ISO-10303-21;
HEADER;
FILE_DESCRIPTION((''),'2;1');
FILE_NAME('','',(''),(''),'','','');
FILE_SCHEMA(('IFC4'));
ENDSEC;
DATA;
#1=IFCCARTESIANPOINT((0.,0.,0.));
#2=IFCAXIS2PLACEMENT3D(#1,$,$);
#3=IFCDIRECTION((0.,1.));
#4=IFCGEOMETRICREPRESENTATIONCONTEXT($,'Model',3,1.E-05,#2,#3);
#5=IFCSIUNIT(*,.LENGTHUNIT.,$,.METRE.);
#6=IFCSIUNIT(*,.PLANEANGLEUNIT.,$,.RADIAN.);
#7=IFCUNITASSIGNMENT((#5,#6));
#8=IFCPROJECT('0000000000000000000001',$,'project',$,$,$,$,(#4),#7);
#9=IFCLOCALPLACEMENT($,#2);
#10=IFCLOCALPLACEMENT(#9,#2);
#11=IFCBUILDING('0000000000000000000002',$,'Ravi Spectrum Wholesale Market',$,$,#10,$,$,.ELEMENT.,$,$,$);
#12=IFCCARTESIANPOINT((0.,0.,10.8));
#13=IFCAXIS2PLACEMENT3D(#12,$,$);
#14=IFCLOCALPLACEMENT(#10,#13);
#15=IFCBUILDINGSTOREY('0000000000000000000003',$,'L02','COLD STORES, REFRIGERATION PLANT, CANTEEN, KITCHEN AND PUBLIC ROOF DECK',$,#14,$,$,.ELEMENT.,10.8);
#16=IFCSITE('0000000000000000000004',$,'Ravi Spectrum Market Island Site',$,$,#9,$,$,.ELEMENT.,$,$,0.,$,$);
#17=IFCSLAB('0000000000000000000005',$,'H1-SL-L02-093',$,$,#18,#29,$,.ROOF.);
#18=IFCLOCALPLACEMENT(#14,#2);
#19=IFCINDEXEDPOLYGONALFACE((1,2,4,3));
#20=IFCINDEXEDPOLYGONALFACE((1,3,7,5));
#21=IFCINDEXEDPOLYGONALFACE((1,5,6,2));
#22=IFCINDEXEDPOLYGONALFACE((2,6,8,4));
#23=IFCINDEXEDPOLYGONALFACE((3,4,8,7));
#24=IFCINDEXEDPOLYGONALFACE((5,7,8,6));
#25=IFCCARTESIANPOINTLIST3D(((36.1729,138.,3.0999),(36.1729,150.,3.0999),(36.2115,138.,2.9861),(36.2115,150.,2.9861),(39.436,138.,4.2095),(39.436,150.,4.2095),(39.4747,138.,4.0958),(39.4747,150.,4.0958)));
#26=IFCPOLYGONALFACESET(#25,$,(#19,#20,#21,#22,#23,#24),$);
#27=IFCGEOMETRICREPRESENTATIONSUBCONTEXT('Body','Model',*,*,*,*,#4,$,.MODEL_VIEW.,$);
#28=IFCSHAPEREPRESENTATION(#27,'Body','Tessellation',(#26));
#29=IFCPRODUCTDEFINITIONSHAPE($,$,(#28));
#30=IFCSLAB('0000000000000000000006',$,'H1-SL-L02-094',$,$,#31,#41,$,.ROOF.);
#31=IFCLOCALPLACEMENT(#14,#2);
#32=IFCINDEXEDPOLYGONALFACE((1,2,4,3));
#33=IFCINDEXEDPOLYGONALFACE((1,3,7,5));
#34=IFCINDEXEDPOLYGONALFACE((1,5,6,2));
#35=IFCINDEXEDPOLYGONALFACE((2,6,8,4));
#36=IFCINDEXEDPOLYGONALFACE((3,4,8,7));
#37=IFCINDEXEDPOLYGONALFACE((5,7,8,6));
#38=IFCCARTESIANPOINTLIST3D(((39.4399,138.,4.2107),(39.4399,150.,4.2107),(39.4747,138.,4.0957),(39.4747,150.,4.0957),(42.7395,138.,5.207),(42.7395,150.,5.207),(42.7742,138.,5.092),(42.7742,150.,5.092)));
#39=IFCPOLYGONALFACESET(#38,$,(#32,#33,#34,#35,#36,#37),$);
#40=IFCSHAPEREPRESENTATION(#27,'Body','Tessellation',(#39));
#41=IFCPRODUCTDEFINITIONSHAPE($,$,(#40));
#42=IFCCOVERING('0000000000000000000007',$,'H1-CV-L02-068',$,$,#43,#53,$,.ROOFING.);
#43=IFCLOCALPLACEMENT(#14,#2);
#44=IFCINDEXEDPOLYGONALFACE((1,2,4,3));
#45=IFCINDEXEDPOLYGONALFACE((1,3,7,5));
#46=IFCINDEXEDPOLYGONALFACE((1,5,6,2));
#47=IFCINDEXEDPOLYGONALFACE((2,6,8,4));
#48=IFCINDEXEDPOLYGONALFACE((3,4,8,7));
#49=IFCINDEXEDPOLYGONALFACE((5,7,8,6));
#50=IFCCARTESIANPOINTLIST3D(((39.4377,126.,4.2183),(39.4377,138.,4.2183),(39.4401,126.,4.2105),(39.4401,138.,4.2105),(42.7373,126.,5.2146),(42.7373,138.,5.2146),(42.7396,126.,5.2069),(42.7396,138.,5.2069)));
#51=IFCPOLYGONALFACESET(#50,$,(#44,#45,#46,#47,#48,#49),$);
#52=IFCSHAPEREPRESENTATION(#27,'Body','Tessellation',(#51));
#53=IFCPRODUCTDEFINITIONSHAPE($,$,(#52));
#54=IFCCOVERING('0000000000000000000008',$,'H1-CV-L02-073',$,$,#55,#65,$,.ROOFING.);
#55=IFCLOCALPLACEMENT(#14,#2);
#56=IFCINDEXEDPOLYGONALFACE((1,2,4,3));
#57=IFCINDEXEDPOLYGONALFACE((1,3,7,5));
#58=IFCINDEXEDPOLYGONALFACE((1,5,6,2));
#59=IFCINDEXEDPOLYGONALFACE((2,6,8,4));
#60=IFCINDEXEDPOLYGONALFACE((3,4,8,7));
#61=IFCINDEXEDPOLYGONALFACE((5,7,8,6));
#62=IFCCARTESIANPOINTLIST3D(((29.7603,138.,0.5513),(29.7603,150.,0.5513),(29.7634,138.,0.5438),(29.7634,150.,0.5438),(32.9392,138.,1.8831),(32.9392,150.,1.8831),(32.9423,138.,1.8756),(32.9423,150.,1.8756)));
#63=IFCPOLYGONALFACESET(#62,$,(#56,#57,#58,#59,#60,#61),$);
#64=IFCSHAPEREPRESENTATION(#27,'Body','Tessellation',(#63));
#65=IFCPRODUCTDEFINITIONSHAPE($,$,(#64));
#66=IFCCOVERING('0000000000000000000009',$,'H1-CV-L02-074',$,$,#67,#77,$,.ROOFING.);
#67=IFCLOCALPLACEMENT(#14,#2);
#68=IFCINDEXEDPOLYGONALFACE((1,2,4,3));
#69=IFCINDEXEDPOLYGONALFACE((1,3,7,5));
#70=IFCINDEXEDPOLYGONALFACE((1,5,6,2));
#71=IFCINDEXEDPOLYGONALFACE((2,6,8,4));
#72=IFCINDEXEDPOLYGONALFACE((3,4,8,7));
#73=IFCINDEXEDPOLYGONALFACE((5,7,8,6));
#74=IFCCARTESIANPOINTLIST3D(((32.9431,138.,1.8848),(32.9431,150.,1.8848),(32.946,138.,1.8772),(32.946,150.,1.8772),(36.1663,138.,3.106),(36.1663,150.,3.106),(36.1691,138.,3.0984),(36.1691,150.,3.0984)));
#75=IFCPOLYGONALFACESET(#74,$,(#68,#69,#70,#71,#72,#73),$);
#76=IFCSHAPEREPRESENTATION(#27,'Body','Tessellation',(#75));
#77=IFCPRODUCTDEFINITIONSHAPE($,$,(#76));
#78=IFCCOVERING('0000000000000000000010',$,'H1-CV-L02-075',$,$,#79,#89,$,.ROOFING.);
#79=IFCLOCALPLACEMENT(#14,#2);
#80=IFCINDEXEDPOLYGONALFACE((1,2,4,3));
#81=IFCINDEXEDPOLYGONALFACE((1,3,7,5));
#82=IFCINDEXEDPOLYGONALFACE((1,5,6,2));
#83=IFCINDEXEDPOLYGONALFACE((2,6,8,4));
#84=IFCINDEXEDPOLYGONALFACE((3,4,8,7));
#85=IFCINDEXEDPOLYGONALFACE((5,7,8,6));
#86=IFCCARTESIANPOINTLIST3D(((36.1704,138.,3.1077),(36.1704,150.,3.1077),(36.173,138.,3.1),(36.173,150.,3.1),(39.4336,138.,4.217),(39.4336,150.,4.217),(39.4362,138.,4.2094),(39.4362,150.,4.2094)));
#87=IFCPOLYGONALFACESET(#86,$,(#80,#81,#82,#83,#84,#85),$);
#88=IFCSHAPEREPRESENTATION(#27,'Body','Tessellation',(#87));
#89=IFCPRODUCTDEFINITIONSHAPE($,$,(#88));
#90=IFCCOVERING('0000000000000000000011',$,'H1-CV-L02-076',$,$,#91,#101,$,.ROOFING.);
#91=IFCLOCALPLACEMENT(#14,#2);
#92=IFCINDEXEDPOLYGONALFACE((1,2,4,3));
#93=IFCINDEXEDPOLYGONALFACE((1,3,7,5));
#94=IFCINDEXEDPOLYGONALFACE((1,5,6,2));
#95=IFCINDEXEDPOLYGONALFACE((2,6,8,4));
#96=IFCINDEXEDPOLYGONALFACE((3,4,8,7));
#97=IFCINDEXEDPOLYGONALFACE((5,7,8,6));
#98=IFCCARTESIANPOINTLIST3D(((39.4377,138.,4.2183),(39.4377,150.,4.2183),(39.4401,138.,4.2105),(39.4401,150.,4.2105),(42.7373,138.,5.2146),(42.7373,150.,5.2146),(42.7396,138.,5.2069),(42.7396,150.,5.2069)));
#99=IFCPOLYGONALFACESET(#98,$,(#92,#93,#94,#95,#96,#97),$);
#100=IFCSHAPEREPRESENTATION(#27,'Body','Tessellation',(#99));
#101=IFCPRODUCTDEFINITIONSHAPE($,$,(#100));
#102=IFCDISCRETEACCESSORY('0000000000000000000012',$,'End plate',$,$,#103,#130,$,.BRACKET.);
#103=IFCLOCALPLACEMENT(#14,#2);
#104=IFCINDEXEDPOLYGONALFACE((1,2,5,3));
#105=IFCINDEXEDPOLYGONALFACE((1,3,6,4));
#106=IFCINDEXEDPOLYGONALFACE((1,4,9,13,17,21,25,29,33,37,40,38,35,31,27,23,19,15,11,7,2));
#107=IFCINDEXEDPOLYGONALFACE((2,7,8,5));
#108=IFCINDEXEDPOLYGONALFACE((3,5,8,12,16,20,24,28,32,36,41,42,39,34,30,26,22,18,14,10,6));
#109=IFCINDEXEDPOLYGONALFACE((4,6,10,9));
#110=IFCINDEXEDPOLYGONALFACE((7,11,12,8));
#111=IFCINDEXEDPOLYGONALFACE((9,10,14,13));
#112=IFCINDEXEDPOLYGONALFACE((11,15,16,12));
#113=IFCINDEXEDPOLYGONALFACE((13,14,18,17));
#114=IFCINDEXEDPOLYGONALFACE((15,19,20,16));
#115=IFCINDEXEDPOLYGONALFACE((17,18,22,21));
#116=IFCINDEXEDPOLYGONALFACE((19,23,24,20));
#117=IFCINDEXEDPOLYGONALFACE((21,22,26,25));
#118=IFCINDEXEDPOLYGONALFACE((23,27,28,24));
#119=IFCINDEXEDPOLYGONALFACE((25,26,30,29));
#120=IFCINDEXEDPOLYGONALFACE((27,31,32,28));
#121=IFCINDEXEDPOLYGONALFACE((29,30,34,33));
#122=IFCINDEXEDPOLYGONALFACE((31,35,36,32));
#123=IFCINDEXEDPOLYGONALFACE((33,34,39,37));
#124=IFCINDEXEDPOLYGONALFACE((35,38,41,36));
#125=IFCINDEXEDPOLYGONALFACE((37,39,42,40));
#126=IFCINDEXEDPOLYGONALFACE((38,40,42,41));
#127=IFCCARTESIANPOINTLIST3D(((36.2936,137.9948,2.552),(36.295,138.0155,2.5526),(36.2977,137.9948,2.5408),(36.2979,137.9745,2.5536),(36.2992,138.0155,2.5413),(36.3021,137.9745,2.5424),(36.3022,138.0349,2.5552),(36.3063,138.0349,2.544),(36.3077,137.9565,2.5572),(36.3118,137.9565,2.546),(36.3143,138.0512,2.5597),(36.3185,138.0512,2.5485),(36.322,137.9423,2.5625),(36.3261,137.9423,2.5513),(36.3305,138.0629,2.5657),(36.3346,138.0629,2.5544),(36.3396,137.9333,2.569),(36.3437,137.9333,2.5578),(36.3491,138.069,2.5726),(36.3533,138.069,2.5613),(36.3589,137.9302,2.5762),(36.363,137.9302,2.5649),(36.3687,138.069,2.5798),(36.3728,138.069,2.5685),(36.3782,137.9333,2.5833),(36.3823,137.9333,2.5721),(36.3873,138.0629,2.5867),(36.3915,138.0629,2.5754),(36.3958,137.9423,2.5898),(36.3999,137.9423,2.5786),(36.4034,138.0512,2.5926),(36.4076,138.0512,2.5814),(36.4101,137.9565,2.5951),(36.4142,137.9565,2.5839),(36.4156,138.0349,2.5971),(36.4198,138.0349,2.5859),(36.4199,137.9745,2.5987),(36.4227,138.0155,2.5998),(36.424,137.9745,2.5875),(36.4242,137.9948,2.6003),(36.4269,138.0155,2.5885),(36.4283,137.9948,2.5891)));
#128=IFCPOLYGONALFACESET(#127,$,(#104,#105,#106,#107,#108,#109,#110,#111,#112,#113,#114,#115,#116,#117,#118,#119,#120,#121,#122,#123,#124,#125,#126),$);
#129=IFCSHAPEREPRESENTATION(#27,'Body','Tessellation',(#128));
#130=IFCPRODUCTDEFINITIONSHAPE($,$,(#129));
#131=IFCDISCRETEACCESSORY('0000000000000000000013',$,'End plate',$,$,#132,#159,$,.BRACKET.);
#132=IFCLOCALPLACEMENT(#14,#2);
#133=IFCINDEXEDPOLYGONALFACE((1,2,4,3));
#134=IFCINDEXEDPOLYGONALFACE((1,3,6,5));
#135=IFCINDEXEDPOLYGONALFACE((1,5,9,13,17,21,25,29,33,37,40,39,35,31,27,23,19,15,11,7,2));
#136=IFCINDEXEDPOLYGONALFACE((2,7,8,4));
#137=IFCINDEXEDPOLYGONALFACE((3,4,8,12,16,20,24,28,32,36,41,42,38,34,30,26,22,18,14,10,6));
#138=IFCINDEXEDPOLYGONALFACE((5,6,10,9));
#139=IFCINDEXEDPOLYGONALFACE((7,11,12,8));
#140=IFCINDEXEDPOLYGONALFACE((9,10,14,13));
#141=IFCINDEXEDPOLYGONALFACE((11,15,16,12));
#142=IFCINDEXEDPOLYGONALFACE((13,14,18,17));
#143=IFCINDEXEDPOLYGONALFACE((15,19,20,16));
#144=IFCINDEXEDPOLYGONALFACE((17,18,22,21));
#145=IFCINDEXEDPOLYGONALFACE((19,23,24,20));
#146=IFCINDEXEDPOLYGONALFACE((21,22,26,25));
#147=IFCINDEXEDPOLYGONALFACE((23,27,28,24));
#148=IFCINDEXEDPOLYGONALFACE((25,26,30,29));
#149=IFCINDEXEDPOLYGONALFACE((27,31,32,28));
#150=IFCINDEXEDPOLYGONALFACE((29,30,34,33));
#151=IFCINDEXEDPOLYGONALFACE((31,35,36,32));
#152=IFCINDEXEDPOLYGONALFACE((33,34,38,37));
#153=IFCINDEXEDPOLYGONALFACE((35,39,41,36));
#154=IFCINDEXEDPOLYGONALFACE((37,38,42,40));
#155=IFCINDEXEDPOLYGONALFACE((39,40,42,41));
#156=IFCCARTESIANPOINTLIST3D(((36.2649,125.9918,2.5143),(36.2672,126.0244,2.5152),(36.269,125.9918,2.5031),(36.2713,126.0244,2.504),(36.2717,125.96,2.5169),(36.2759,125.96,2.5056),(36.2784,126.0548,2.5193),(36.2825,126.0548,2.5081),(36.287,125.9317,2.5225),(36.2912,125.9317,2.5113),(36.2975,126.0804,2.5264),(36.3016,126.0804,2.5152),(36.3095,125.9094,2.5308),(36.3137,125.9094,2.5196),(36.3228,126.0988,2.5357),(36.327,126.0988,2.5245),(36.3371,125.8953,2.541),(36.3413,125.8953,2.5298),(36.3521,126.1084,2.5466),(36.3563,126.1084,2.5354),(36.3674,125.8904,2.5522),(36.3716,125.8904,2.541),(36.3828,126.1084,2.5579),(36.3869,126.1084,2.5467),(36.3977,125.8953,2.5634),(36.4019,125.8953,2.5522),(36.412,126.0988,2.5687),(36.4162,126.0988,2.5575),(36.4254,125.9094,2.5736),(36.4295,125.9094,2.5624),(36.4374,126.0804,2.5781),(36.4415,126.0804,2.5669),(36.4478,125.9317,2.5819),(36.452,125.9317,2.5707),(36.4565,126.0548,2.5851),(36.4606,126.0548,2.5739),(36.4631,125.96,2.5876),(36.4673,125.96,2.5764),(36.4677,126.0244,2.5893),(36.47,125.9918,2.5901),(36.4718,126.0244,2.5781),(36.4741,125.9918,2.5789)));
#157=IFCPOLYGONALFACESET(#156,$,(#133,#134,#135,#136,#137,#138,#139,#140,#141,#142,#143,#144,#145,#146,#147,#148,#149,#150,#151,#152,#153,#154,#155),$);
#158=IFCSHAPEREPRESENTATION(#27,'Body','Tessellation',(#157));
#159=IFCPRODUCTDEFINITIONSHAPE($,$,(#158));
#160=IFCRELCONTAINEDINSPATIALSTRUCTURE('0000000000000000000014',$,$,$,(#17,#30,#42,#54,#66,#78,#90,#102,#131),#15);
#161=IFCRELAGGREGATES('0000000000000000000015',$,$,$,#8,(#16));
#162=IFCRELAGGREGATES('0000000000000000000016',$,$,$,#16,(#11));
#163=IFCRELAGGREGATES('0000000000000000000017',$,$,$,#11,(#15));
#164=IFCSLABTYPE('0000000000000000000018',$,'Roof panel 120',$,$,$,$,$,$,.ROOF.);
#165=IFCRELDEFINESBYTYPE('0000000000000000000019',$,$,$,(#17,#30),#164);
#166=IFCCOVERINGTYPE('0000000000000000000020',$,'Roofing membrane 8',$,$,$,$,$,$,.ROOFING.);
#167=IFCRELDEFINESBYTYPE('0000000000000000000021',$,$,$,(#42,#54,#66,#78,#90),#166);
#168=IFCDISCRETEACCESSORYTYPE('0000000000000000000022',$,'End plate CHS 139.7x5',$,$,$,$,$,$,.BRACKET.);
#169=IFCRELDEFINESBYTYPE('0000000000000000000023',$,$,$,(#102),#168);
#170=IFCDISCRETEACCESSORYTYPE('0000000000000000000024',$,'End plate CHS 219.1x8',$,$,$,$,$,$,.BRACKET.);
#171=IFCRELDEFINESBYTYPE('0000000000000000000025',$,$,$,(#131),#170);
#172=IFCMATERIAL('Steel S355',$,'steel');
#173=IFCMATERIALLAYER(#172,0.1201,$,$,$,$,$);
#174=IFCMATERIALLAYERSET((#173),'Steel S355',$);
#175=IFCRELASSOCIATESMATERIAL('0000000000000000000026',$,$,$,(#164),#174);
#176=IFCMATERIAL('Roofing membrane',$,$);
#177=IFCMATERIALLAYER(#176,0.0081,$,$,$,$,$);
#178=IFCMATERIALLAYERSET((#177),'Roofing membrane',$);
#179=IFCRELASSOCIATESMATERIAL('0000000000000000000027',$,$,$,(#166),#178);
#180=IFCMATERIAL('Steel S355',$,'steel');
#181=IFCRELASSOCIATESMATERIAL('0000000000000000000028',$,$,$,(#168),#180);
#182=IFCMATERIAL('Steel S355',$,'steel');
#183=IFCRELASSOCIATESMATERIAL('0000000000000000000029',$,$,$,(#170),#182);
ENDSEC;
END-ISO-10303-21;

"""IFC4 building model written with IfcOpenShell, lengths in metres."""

from ifc_helpers import new_model, si_unit, direction, frame, origin, origin_2d, place, context, subcontext, project, spatial, polyline, circle, outline, extrude, material, layer, layer_set, material_profile, profile_set, type_object, element, save


model = new_model("IFC4")

# Units and contexts
model_context = context("Model", 3, precision=1e-05, world=origin(), true_north=direction((0.0, 1.0)))
body_context = subcontext(model_context, "Body", "Model", "MODEL_VIEW")
ifc_project = project(units=[si_unit("LENGTHUNIT", "METRE"), si_unit("PLANEANGLEUNIT", "RADIAN")], contexts=[model_context])

# Site, building, storey
site_placement = place(None, origin())
site = spatial("IfcSite", under=ifc_project, at=site_placement, Name="Ravi Spectrum Market Island Site", CompositionType="ELEMENT", RefElevation=0.0)
building_placement = place(site_placement, origin())
building = spatial("IfcBuilding", under=site, at=building_placement, Name="Ravi Spectrum Wholesale Market", CompositionType="ELEMENT")
storey_placement = place(building_placement, frame((0.0, 0.0, 10.8)))
storey = spatial("IfcBuildingStorey", under=building, at=storey_placement, Name="L02", Description="COLD STORES, REFRIGERATION PLANT, CANTEEN, KITCHEN AND PUBLIC ROOF DECK", CompositionType="ELEMENT", Elevation=10.8)

# Slabs
ifc_material_1 = material(Name="Steel S355", Category="steel")
ifc_layer_1 = layer(ifc_material_1, 0.1201)
ifc_layer_set_1 = layer_set([ifc_layer_1], Name="Steel S355")
slab_type = type_object("IfcSlabType", Name="Roof panel 120", PredefinedType="ROOF", material=ifc_layer_set_1)
slab_1_placement = place(storey_placement, frame((36.1729, 138.0, 3.0999), z_axis=(-0.321938, 0.0, 0.946761), x_axis=(0.946761, 0.0, 0.321938)))
element("IfcSlab", 1, at=slab_1_placement, inside=storey, type_object=slab_type, Name="H1-SL-L02-093", PredefinedType="ROOF", context=body_context, shape_type="SweptSolid", body=[
    extrude(outline(polyline([(0.0, 0.0), (3.4467, 0.0), (3.4467, 12.0), (0.0, 12.0), (0.0, 0.0)])), origin(), (0.0, 0.0, -1.0), 0.1201),
])
slab_2_placement = place(storey_placement, frame((39.4399, 138.0, 4.2107), z_axis=(-0.28907, 0.0, 0.957308), x_axis=(0.957308, 0.0, 0.28907)))
element("IfcSlab", 2, at=slab_2_placement, inside=storey, type_object=slab_type, Name="H1-SL-L02-094", PredefinedType="ROOF", context=body_context, shape_type="SweptSolid", body=[
    extrude(outline(polyline([(0.0, 0.0), (3.4467, 0.0), (3.4467, 12.0), (0.0, 12.0), (0.0, 0.0)])), origin(), (0.0, 0.0, -1.0), 0.1201),
])

# Coverings
ifc_material_2 = material(Name="Roofing membrane")
ifc_layer_2 = layer(ifc_material_2, 0.0081)
ifc_layer_set_2 = layer_set([ifc_layer_2], Name="Roofing membrane")
covering_type = type_object("IfcCoveringType", Name="Roofing membrane 8", PredefinedType="ROOFING", material=ifc_layer_set_2)
covering_1_placement = place(storey_placement, frame((39.4377, 126.0, 4.2183), z_axis=(-0.28907, 0.0, 0.957308), x_axis=(0.957308, 0.0, 0.28907)))
element("IfcCovering", 3, at=covering_1_placement, inside=storey, type_object=covering_type, Name="H1-CV-L02-068", PredefinedType="ROOFING", context=body_context, shape_type="SweptSolid", body=[
    extrude(outline(polyline([(0.0, 0.0), (3.4467, 0.0), (3.4467, 12.0), (0.0, 12.0), (0.0, 0.0)])), origin(), (0.0, 0.0, -1.0), 0.0081),
])
covering_2_placement = place(storey_placement, frame((29.7603, 138.0, 0.5513), z_axis=(-0.3864, 0.0, 0.922331), x_axis=(0.922331, 0.0, 0.3864)))
element("IfcCovering", 4, at=covering_2_placement, inside=storey, type_object=covering_type, Name="H1-CV-L02-073", PredefinedType="ROOFING", context=body_context, shape_type="SweptSolid", body=[
    extrude(outline(polyline([(0.0, 0.0), (3.4467, 0.0), (3.4467, 12.0), (0.0, 12.0), (0.0, 0.0)])), origin(), (0.0, 0.0, -1.0), 0.0081),
])
covering_3_placement = place(storey_placement, frame((32.9431, 138.0, 1.8848), z_axis=(-0.354304, 0.0, 0.93513), x_axis=(0.93513, 0.0, 0.354304)))
element("IfcCovering", 5, at=covering_3_placement, inside=storey, type_object=covering_type, Name="H1-CV-L02-074", PredefinedType="ROOFING", context=body_context, shape_type="SweptSolid", body=[
    extrude(outline(polyline([(0.0, 0.0), (3.4467, 0.0), (3.4467, 12.0), (0.0, 12.0), (0.0, 0.0)])), origin(), (0.0, 0.0, -1.0), 0.0081),
])
covering_4_placement = place(storey_placement, frame((36.1704, 138.0, 3.1077), z_axis=(-0.321875, 0.0, 0.946782), x_axis=(0.946782, 0.0, 0.321875)))
element("IfcCovering", 6, at=covering_4_placement, inside=storey, type_object=covering_type, Name="H1-CV-L02-075", PredefinedType="ROOFING", context=body_context, shape_type="SweptSolid", body=[
    extrude(outline(polyline([(0.0, 0.0), (3.4466, 0.0), (3.4466, 12.0), (0.0, 12.0), (0.0, 0.0)])), origin(), (0.0, 0.0, -1.0), 0.0081),
])
covering_5_placement = place(storey_placement, frame((39.4377, 138.0, 4.2183), z_axis=(-0.28907, 0.0, 0.957308), x_axis=(0.957308, 0.0, 0.28907)))
element("IfcCovering", 7, at=covering_5_placement, inside=storey, type_object=covering_type, Name="H1-CV-L02-076", PredefinedType="ROOFING", context=body_context, shape_type="SweptSolid", body=[
    extrude(outline(polyline([(0.0, 0.0), (3.4467, 0.0), (3.4467, 12.0), (0.0, 12.0), (0.0, 0.0)])), origin(), (0.0, 0.0, -1.0), 0.0081),
])

# Discrete accessories
ifc_material_3 = material(Name="Steel S355", Category="steel")
ifc_material_profile_1 = material_profile(ifc_material_3, circle(Radius=0.0698, at=origin_2d()))
ifc_profile_set_1 = profile_set([ifc_material_profile_1], Name="Steel S355")
discrete_accessory_type_1 = type_object("IfcDiscreteAccessoryType", Name="End plate CHS 139.7x5", PredefinedType="BRACKET", material=ifc_profile_set_1)
discrete_accessory_1_placement = place(storey_placement, frame((36.363, 138.0, 2.5649), z_axis=(-0.34665, 0.0, 0.937994), x_axis=(0.0, -1.0, 0.0)))
element("IfcDiscreteAccessory", 8, at=discrete_accessory_1_placement, inside=storey, type_object=discrete_accessory_type_1, Name="End plate", PredefinedType="BRACKET", context=body_context, shape_type="SweptSolid", body=[
    extrude(circle(Radius=0.0698, at=origin_2d()), origin(), (0.0, 0.0, 1.0), 0.012),
])
ifc_material_4 = material(Name="Steel S355", Category="steel")
ifc_material_profile_2 = material_profile(ifc_material_4, circle(Radius=0.1096, at=origin_2d()))
ifc_profile_set_2 = profile_set([ifc_material_profile_2], Name="Steel S355")
discrete_accessory_type_2 = type_object("IfcDiscreteAccessoryType", Name="End plate CHS 219.1x8", PredefinedType="BRACKET", material=ifc_profile_set_2)
discrete_accessory_2_placement = place(storey_placement, frame((36.3716, 126.0, 2.541), z_axis=(-0.34665, 0.0, 0.937994), x_axis=(0.0, -1.0, 0.0)))
element("IfcDiscreteAccessory", 9, at=discrete_accessory_2_placement, inside=storey, type_object=discrete_accessory_type_2, Name="End plate", PredefinedType="BRACKET", context=body_context, shape_type="SweptSolid", body=[
    extrude(circle(Radius=0.1096, at=origin_2d()), origin(), (0.0, 0.0, 1.0), 0.012),
])

save(model, "model.ifc")
